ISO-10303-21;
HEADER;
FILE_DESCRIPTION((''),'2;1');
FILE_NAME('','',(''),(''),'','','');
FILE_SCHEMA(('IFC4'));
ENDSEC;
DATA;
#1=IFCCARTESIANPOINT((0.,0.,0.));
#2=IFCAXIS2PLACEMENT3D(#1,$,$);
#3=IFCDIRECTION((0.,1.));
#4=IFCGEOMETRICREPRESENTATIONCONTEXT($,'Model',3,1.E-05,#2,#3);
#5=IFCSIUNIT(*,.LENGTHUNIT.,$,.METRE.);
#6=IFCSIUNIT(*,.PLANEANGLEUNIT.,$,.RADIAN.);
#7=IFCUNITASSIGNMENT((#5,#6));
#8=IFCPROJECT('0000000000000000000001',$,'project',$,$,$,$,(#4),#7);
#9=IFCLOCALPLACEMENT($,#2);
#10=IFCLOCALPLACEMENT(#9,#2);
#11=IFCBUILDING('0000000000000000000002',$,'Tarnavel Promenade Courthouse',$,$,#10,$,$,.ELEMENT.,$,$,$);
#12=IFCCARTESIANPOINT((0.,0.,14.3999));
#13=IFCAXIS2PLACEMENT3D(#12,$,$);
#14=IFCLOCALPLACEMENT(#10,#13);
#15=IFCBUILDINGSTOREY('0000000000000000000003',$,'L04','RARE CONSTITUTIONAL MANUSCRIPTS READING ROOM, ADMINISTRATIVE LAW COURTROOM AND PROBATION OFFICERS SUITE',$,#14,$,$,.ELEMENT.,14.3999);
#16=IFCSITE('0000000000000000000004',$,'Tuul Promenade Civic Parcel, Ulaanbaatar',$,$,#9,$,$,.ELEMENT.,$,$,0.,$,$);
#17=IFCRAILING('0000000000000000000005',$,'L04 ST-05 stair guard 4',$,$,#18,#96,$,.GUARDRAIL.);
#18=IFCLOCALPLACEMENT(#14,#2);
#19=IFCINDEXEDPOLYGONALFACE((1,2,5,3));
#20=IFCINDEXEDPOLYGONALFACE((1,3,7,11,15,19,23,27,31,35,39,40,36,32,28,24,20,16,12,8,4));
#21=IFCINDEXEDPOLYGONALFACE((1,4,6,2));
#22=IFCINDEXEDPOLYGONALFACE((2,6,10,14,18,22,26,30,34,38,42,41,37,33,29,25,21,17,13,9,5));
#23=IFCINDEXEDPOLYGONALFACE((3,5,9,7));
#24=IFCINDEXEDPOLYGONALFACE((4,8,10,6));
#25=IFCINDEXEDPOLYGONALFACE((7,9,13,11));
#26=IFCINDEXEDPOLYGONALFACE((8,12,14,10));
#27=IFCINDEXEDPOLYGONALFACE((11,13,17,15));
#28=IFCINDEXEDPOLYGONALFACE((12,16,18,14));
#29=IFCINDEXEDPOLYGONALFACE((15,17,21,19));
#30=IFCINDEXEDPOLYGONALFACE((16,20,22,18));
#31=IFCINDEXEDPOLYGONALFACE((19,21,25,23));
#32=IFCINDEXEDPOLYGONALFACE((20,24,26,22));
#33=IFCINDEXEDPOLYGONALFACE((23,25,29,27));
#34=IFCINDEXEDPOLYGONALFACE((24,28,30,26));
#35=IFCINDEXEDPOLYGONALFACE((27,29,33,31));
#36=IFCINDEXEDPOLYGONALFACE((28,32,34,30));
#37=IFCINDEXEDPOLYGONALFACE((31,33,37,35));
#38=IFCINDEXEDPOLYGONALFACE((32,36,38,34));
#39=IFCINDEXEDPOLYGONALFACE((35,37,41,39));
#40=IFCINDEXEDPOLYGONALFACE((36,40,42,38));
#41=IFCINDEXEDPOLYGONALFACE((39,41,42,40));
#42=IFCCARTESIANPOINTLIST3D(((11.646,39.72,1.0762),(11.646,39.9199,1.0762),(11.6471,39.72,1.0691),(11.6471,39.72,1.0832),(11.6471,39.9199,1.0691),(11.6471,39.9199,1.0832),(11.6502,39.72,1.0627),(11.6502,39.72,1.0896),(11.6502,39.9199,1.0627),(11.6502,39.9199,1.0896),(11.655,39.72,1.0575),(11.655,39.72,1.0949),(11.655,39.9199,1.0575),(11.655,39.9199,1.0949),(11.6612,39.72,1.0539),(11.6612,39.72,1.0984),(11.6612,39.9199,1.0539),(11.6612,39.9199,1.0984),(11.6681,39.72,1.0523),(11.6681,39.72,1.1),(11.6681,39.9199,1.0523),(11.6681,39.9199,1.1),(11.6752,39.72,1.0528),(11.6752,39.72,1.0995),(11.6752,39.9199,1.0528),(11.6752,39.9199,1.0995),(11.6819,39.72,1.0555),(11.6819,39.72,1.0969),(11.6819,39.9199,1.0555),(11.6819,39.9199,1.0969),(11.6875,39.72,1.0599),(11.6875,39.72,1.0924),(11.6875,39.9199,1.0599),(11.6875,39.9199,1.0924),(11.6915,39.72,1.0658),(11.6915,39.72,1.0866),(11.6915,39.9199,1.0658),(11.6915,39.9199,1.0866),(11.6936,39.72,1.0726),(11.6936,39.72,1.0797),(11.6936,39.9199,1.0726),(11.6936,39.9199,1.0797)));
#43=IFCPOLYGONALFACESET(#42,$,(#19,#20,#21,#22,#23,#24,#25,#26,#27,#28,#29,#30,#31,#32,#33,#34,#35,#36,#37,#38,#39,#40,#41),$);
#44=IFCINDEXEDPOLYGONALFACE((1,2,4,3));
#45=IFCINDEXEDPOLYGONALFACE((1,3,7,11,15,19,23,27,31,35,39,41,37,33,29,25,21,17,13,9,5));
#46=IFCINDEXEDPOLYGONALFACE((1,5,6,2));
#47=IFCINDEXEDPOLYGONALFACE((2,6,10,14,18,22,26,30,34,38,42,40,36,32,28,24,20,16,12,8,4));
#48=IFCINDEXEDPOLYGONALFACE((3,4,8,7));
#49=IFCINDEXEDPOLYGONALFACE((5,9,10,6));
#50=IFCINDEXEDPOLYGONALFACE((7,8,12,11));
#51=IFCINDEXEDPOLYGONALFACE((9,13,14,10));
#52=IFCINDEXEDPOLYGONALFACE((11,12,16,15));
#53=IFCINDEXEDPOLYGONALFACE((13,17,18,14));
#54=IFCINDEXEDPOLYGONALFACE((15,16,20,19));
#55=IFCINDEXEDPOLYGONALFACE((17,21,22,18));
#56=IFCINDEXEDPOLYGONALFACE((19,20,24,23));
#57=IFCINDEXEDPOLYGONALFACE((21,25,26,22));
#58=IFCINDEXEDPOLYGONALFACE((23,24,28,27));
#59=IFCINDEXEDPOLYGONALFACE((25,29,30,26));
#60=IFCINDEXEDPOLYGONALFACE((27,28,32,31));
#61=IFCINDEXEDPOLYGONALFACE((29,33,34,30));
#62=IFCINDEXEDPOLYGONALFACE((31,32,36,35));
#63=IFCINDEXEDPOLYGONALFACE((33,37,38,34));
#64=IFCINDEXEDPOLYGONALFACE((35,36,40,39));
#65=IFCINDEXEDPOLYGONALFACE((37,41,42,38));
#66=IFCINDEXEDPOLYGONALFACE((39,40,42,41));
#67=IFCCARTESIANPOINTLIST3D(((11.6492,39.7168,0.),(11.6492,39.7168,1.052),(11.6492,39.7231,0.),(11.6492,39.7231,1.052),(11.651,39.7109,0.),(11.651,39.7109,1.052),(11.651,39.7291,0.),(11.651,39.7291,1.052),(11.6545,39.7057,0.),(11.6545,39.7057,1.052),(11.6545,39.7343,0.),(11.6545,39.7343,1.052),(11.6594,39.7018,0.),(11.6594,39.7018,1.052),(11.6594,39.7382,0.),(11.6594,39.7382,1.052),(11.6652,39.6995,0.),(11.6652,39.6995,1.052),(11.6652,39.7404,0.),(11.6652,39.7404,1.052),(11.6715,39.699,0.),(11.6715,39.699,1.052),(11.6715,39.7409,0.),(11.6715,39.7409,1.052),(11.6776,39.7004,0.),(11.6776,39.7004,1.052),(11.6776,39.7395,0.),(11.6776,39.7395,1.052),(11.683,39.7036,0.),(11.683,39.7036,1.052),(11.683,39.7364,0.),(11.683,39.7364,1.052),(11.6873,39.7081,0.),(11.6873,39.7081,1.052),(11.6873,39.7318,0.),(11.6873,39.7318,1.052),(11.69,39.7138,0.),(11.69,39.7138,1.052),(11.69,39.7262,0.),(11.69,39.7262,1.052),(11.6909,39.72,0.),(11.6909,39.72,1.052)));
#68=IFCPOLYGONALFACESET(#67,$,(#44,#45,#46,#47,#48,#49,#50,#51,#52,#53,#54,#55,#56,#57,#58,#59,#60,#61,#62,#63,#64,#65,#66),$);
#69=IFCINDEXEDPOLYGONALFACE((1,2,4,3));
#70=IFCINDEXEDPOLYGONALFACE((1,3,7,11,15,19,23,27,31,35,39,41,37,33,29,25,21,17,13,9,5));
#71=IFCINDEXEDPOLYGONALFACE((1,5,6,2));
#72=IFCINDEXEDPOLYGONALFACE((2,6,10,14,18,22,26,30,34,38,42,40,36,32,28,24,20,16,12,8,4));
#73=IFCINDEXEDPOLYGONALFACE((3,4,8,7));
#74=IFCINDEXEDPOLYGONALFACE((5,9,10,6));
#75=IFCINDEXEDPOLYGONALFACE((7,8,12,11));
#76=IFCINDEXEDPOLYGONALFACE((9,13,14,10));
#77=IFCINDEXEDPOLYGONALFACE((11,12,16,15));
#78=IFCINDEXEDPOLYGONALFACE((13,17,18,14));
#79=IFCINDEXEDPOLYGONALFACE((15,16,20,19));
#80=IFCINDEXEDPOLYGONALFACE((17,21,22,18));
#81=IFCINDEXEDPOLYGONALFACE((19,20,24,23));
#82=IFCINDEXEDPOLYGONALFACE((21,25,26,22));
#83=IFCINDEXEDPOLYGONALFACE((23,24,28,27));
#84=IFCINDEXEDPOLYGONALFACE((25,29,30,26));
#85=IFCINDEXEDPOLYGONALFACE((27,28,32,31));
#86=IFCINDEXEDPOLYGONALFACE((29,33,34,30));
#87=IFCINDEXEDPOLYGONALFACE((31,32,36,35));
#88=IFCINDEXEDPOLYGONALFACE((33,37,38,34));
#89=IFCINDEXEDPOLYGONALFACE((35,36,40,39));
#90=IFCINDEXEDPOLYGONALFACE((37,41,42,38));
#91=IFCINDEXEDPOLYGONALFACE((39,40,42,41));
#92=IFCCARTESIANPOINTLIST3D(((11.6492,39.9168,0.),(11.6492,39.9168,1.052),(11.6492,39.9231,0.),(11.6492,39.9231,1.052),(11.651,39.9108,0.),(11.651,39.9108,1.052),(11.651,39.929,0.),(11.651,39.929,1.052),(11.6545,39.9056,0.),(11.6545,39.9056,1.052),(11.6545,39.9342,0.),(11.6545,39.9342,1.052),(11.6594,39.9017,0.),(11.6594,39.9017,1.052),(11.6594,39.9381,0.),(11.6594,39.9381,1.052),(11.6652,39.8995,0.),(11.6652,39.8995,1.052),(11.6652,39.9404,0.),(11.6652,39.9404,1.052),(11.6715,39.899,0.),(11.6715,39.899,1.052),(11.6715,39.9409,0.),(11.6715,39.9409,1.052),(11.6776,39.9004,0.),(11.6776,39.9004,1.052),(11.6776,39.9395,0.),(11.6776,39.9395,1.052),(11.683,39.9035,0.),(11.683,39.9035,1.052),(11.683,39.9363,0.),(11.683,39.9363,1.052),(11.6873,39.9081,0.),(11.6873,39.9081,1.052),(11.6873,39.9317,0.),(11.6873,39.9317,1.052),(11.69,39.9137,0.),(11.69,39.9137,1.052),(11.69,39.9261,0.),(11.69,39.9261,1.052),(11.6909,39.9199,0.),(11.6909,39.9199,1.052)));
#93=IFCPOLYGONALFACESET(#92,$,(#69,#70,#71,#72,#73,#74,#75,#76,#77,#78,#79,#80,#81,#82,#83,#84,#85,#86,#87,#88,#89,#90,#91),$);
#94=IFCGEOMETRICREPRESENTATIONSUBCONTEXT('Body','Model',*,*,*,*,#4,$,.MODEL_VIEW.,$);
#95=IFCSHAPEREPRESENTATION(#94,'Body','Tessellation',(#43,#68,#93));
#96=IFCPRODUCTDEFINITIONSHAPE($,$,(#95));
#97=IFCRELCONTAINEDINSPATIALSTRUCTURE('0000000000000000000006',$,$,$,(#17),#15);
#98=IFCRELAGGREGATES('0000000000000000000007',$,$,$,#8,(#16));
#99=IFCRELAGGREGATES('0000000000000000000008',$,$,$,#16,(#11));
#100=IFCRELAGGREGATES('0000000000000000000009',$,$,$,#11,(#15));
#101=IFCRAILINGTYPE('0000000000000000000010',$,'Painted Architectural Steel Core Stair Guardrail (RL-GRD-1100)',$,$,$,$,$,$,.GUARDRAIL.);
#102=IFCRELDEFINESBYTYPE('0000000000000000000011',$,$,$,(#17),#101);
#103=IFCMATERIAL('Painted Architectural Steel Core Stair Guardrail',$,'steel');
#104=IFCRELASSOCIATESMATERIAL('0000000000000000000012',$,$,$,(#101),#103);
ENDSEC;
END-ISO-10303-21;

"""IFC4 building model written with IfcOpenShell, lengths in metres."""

from ifc_helpers import new_model, si_unit, direction, frame, origin, origin_2d, place, context, subcontext, project, spatial, circle, extrude, material, type_object, element, save


model = new_model("IFC4")

# Units and contexts
model_context = context("Model", 3, precision=1e-05, world=origin(), true_north=direction((0.0, 1.0)))
body_context = subcontext(model_context, "Body", "Model", "MODEL_VIEW")
ifc_project = project(units=[si_unit("LENGTHUNIT", "METRE"), si_unit("PLANEANGLEUNIT", "RADIAN")], contexts=[model_context])

# Site, building, storey
site_placement = place(None, origin())
site = spatial("IfcSite", under=ifc_project, at=site_placement, Name="Tuul Promenade Civic Parcel, Ulaanbaatar", CompositionType="ELEMENT", RefElevation=0.0)
building_placement = place(site_placement, origin())
building = spatial("IfcBuilding", under=site, at=building_placement, Name="Tarnavel Promenade Courthouse", CompositionType="ELEMENT")
storey_placement = place(building_placement, frame((0.0, 0.0, 14.3999)))
storey = spatial("IfcBuildingStorey", under=building, at=storey_placement, Name="L04", Description="RARE CONSTITUTIONAL MANUSCRIPTS READING ROOM, ADMINISTRATIVE LAW COURTROOM AND PROBATION OFFICERS SUITE", CompositionType="ELEMENT", Elevation=14.3999)

# Railing
ifc_material_1 = material(Name="Painted Architectural Steel Core Stair Guardrail", Category="steel")
railing_type_1 = type_object("IfcRailingType", Name="Painted Architectural Steel Core Stair Guardrail (RL-GRD-1100)", PredefinedType="GUARDRAIL", material=ifc_material_1)
railing_1_placement = place(storey_placement, frame((11.6699, 39.72, 0.0)))
element("IfcRailing", 1, at=railing_1_placement, inside=storey, type_object=railing_type_1, Name="L04 ST-05 stair guard 4", PredefinedType="GUARDRAIL", context=body_context, shape_type="SweptSolid", body=[
    extrude(circle(Radius=0.0239, at=origin_2d()), frame((0.0, 0.0, 1.0762), z_axis=(0.0, 1.0, 0.0), x_axis=(-1.0, 0.0, 0.0)), (0.0, 0.0, 1.0), 0.2),
    extrude(circle(Radius=0.021, at=origin_2d()), origin(), (0.0, 0.0, 1.0), 1.052),
    extrude(circle(Radius=0.021, at=origin_2d()), frame((0.0, 0.2, 0.0)), (0.0, 0.0, 1.0), 1.052),
])

save(model, "model.ifc")
